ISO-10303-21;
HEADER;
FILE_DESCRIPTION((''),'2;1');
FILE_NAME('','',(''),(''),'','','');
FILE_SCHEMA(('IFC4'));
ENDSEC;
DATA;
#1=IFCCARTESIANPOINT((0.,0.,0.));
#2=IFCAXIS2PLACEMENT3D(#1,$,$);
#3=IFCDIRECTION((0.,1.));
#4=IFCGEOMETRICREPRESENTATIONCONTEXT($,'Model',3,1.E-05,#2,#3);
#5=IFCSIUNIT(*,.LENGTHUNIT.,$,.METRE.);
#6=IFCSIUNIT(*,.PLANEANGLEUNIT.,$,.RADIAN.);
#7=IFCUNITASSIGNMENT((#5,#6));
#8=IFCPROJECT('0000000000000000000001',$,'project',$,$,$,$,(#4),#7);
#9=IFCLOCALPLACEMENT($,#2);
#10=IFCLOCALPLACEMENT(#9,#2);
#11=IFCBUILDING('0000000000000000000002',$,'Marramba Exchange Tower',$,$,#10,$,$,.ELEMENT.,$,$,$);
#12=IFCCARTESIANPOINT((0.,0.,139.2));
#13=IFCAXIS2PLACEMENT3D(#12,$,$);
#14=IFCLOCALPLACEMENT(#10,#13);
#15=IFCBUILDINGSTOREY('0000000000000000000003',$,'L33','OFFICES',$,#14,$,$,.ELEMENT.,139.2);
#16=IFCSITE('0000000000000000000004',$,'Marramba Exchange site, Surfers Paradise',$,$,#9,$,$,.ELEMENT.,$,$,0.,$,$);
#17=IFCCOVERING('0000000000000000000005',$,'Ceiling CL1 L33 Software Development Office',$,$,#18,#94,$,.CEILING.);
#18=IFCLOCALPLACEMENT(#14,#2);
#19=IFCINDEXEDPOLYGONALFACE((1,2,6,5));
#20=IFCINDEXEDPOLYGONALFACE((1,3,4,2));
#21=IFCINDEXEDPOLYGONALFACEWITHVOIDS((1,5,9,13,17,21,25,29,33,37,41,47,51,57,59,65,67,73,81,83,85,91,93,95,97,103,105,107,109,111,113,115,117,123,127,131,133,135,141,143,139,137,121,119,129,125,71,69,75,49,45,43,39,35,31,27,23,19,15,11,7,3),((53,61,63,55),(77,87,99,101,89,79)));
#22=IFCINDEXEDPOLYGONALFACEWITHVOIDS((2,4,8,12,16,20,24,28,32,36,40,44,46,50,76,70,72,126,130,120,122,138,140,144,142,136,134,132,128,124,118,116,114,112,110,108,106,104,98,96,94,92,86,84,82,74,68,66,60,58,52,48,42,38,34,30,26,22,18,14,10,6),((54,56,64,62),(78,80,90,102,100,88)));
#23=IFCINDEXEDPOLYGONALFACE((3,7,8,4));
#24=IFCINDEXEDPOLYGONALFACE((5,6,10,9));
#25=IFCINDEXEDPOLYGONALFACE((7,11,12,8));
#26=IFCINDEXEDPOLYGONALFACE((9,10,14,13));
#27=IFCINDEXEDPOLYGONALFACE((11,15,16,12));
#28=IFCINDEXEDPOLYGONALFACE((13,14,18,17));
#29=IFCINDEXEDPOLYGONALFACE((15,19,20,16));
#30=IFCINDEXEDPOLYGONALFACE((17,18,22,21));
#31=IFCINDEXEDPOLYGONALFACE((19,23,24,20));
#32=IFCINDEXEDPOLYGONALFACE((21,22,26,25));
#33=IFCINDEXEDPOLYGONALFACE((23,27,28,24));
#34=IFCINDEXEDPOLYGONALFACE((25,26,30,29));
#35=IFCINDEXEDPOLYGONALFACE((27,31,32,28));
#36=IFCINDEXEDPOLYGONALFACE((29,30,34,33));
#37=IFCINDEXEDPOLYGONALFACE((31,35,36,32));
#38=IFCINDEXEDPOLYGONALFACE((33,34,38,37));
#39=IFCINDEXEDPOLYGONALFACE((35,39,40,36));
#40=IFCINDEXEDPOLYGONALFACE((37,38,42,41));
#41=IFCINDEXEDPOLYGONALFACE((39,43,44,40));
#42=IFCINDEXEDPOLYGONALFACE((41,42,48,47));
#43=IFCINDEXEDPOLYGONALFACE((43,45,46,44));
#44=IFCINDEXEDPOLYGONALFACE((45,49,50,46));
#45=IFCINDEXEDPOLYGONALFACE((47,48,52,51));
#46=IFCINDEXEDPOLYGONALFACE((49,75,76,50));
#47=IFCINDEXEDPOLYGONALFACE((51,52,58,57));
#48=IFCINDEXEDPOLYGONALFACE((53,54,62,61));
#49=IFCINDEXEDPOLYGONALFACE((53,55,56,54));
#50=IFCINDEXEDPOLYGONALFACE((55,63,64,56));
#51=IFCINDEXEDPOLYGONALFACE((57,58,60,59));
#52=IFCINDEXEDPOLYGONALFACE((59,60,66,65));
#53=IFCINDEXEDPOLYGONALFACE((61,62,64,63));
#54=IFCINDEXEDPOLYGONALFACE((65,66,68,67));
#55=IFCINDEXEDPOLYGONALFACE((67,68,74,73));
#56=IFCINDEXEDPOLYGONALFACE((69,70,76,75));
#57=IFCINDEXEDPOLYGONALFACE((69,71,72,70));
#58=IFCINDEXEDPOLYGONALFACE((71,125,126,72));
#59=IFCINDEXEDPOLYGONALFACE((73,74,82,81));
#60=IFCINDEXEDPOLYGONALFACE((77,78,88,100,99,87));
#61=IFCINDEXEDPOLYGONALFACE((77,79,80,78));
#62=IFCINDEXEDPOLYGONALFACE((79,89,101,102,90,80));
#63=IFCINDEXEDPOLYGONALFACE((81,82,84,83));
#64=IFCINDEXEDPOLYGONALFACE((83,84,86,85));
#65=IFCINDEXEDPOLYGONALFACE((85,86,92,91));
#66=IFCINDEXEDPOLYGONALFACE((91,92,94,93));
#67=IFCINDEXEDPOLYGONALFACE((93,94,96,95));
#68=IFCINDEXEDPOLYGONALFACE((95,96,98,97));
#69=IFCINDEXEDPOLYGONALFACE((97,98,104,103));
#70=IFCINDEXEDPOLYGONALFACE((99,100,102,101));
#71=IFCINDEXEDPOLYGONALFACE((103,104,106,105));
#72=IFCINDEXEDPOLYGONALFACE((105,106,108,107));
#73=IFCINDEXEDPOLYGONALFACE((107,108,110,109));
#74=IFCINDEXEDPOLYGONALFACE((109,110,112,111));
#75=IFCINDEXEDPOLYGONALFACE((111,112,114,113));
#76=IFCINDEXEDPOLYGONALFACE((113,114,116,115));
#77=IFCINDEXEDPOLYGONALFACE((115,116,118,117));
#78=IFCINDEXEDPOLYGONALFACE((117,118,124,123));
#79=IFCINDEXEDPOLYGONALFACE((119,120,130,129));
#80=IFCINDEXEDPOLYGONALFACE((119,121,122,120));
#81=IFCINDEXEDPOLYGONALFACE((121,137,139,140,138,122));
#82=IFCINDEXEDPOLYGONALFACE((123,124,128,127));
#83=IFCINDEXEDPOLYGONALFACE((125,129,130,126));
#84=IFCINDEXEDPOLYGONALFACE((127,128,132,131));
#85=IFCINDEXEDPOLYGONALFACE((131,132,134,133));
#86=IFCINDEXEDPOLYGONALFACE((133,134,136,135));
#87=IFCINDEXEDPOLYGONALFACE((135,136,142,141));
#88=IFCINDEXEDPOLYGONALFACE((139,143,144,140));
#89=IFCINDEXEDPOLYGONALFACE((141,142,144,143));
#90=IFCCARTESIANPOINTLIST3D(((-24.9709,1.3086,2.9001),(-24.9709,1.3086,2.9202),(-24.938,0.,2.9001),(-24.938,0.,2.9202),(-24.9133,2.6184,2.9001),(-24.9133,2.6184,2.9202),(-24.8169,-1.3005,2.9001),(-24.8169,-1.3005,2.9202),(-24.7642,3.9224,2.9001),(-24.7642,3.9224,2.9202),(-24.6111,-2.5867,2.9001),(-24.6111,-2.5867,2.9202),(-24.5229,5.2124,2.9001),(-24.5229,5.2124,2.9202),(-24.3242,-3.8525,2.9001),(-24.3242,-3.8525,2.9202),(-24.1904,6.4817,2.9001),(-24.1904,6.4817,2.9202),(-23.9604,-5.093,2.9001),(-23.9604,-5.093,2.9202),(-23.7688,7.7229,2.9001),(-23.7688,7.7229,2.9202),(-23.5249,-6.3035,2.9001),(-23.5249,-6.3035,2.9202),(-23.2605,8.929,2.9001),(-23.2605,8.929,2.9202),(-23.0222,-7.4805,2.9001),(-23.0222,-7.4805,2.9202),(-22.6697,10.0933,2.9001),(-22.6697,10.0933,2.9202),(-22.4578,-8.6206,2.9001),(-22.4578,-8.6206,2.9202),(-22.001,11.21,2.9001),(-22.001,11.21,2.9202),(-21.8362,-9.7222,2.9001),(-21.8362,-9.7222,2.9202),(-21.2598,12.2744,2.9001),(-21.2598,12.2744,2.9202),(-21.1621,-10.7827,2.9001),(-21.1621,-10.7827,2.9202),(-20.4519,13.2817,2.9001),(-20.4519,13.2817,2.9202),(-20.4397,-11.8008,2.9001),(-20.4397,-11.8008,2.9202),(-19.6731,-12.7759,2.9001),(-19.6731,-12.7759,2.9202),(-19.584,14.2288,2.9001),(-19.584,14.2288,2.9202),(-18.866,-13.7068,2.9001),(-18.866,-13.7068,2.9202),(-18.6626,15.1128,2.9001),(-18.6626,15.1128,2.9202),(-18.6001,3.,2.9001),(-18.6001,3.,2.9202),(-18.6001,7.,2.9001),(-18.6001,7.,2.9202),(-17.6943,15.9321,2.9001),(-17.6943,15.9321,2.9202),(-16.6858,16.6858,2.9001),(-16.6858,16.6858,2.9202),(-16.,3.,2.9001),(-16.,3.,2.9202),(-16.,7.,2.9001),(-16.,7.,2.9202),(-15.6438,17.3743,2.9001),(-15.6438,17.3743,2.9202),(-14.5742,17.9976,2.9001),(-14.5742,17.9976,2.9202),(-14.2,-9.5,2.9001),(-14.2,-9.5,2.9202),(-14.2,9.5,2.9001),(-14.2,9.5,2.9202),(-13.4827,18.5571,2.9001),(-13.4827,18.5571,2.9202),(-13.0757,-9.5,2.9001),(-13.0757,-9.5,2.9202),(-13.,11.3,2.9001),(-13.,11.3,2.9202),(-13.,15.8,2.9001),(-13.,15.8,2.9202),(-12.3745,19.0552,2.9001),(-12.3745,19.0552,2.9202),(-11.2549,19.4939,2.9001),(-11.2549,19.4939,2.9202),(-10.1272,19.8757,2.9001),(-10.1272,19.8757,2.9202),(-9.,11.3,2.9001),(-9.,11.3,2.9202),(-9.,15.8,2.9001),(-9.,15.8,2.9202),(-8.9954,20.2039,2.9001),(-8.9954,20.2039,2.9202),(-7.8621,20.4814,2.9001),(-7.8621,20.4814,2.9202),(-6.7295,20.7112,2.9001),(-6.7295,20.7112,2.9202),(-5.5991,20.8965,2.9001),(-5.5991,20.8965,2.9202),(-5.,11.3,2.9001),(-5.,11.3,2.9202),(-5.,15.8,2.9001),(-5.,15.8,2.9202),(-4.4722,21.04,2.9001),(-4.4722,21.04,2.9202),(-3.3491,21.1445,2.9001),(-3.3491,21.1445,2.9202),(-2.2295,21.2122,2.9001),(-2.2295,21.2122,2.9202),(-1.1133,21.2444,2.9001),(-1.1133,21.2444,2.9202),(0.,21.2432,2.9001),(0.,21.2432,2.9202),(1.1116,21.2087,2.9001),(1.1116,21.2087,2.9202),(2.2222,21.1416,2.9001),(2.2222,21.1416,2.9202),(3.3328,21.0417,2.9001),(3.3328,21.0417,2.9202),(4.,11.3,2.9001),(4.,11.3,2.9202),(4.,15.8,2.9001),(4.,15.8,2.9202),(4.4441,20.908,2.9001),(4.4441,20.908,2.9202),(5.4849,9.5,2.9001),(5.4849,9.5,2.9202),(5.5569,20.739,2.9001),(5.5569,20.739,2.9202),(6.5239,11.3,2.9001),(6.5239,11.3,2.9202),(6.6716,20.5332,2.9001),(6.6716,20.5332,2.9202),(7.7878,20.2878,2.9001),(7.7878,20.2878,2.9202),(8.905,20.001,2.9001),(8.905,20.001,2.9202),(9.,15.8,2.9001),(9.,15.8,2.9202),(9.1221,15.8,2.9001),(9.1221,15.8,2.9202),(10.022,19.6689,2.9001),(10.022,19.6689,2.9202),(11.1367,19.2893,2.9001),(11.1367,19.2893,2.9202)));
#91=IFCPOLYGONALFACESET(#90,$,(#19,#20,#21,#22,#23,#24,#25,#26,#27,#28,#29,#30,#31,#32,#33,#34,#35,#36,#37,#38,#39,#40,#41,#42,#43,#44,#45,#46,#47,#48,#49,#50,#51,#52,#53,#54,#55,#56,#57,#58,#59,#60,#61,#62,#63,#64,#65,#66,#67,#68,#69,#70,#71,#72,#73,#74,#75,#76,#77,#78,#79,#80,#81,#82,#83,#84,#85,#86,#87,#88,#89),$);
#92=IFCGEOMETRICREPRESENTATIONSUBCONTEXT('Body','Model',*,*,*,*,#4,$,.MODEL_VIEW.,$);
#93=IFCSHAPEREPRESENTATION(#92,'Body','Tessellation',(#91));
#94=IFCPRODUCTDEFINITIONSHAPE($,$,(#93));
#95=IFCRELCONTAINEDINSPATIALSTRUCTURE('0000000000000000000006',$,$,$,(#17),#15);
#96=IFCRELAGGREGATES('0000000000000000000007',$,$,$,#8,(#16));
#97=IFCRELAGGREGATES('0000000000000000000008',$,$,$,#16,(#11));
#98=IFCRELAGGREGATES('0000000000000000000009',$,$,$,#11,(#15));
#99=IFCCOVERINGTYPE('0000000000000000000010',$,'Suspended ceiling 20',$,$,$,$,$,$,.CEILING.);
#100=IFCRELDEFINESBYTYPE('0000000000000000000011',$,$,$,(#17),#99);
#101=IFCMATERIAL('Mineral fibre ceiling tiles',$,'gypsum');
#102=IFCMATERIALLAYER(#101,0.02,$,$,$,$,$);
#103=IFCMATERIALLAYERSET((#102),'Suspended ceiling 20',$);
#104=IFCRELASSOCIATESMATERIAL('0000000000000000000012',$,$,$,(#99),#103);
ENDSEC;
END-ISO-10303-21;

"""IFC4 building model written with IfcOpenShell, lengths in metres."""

from ifc_helpers import new_model, si_unit, direction, frame, origin, place, context, subcontext, project, spatial, polyline, outline, extrude, material, layer, layer_set, type_object, element, save


model = new_model("IFC4")

# Units and contexts
model_context = context("Model", 3, precision=1e-05, world=origin(), true_north=direction((0.0, 1.0)))
body_context = subcontext(model_context, "Body", "Model", "MODEL_VIEW")
ifc_project = project(units=[si_unit("LENGTHUNIT", "METRE"), si_unit("PLANEANGLEUNIT", "RADIAN")], contexts=[model_context])

# Site, building, storey
site_placement = place(None, origin())
site = spatial("IfcSite", under=ifc_project, at=site_placement, Name="Marramba Exchange site, Surfers Paradise", CompositionType="ELEMENT", RefElevation=0.0)
building_placement = place(site_placement, origin())
building = spatial("IfcBuilding", under=site, at=building_placement, Name="Marramba Exchange Tower", CompositionType="ELEMENT")
storey_placement = place(building_placement, frame((0.0, 0.0, 139.2)))
storey = spatial("IfcBuildingStorey", under=building, at=storey_placement, Name="L33", Description="OFFICES", CompositionType="ELEMENT", Elevation=139.2)

# Covering
ifc_material_1 = material(Name="Mineral fibre ceiling tiles", Category="gypsum")
ifc_layer_1 = layer(ifc_material_1, 0.02)
ifc_layer_set_1 = layer_set([ifc_layer_1], Name="Suspended ceiling 20")
covering_type = type_object("IfcCoveringType", Name="Suspended ceiling 20", PredefinedType="CEILING", material=ifc_layer_set_1)
covering_1_placement = place(storey_placement, frame((0.0, 0.0, 2.9001)))
element("IfcCovering", 1, at=covering_1_placement, inside=storey, type_object=covering_type, Name="Ceiling CL1 L33 Software Development Office", PredefinedType="CEILING", context=body_context, shape_type="SweptSolid", body=[
    extrude(outline(polyline([(-14.2, -9.5), (-13.0757, -9.5), (-18.866, -13.7068), (-19.6731, -12.7759), (-20.4397, -11.8008), (-21.1621, -10.7827), (-21.8362, -9.7222), (-22.4578, -8.6206), (-23.0222, -7.4805), (-23.5249, -6.3035), (-23.9604, -5.093), (-24.3242, -3.8525), (-24.6111, -2.5867), (-24.8169, -1.3005), (-24.938, 0.0), (-24.9709, 1.3086), (-24.9133, 2.6184), (-24.7642, 3.9224), (-24.5229, 5.2124), (-24.1904, 6.4817), (-23.7688, 7.7229), (-23.2605, 8.929), (-22.6697, 10.0933), (-22.001, 11.21), (-21.2598, 12.2744), (-20.4519, 13.2817), (-19.584, 14.2288), (-18.6626, 15.1128), (-17.6943, 15.9321), (-16.6858, 16.6858), (-15.6438, 17.3743), (-14.5742, 17.9976), (-13.4827, 18.5571), (-12.3745, 19.0552), (-11.2549, 19.4939), (-10.1272, 19.8757), (-8.9954, 20.2039), (-7.8621, 20.4814), (-6.7295, 20.7112), (-5.5991, 20.8965), (-4.4722, 21.04), (-3.3491, 21.1445), (-2.2295, 21.2122), (-1.1133, 21.2444), (0.0, 21.2432), (1.1116, 21.2087), (2.2222, 21.1416), (3.3328, 21.0417), (4.4441, 20.908), (5.5569, 20.739), (6.6716, 20.5332), (7.7878, 20.2878), (8.905, 20.001), (10.022, 19.6689), (11.1367, 19.2893), (9.1221, 15.8), (9.0, 15.8), (4.0, 15.8), (4.0, 11.3), (6.5239, 11.3), (5.4849, 9.5), (-14.2, 9.5), (-14.2, -9.5)]), holes=[polyline([(-13.0, 11.3), (-9.0, 11.3), (-5.0, 11.3), (-5.0, 15.8), (-9.0, 15.8), (-13.0, 15.8), (-13.0, 11.3)]), polyline([(-18.6001, 3.0), (-16.0, 3.0), (-16.0, 7.0), (-18.6001, 7.0), (-18.6001, 3.0)])]), origin(), (0.0, 0.0, 1.0), 0.02),
])

save(model, "model.ifc")
